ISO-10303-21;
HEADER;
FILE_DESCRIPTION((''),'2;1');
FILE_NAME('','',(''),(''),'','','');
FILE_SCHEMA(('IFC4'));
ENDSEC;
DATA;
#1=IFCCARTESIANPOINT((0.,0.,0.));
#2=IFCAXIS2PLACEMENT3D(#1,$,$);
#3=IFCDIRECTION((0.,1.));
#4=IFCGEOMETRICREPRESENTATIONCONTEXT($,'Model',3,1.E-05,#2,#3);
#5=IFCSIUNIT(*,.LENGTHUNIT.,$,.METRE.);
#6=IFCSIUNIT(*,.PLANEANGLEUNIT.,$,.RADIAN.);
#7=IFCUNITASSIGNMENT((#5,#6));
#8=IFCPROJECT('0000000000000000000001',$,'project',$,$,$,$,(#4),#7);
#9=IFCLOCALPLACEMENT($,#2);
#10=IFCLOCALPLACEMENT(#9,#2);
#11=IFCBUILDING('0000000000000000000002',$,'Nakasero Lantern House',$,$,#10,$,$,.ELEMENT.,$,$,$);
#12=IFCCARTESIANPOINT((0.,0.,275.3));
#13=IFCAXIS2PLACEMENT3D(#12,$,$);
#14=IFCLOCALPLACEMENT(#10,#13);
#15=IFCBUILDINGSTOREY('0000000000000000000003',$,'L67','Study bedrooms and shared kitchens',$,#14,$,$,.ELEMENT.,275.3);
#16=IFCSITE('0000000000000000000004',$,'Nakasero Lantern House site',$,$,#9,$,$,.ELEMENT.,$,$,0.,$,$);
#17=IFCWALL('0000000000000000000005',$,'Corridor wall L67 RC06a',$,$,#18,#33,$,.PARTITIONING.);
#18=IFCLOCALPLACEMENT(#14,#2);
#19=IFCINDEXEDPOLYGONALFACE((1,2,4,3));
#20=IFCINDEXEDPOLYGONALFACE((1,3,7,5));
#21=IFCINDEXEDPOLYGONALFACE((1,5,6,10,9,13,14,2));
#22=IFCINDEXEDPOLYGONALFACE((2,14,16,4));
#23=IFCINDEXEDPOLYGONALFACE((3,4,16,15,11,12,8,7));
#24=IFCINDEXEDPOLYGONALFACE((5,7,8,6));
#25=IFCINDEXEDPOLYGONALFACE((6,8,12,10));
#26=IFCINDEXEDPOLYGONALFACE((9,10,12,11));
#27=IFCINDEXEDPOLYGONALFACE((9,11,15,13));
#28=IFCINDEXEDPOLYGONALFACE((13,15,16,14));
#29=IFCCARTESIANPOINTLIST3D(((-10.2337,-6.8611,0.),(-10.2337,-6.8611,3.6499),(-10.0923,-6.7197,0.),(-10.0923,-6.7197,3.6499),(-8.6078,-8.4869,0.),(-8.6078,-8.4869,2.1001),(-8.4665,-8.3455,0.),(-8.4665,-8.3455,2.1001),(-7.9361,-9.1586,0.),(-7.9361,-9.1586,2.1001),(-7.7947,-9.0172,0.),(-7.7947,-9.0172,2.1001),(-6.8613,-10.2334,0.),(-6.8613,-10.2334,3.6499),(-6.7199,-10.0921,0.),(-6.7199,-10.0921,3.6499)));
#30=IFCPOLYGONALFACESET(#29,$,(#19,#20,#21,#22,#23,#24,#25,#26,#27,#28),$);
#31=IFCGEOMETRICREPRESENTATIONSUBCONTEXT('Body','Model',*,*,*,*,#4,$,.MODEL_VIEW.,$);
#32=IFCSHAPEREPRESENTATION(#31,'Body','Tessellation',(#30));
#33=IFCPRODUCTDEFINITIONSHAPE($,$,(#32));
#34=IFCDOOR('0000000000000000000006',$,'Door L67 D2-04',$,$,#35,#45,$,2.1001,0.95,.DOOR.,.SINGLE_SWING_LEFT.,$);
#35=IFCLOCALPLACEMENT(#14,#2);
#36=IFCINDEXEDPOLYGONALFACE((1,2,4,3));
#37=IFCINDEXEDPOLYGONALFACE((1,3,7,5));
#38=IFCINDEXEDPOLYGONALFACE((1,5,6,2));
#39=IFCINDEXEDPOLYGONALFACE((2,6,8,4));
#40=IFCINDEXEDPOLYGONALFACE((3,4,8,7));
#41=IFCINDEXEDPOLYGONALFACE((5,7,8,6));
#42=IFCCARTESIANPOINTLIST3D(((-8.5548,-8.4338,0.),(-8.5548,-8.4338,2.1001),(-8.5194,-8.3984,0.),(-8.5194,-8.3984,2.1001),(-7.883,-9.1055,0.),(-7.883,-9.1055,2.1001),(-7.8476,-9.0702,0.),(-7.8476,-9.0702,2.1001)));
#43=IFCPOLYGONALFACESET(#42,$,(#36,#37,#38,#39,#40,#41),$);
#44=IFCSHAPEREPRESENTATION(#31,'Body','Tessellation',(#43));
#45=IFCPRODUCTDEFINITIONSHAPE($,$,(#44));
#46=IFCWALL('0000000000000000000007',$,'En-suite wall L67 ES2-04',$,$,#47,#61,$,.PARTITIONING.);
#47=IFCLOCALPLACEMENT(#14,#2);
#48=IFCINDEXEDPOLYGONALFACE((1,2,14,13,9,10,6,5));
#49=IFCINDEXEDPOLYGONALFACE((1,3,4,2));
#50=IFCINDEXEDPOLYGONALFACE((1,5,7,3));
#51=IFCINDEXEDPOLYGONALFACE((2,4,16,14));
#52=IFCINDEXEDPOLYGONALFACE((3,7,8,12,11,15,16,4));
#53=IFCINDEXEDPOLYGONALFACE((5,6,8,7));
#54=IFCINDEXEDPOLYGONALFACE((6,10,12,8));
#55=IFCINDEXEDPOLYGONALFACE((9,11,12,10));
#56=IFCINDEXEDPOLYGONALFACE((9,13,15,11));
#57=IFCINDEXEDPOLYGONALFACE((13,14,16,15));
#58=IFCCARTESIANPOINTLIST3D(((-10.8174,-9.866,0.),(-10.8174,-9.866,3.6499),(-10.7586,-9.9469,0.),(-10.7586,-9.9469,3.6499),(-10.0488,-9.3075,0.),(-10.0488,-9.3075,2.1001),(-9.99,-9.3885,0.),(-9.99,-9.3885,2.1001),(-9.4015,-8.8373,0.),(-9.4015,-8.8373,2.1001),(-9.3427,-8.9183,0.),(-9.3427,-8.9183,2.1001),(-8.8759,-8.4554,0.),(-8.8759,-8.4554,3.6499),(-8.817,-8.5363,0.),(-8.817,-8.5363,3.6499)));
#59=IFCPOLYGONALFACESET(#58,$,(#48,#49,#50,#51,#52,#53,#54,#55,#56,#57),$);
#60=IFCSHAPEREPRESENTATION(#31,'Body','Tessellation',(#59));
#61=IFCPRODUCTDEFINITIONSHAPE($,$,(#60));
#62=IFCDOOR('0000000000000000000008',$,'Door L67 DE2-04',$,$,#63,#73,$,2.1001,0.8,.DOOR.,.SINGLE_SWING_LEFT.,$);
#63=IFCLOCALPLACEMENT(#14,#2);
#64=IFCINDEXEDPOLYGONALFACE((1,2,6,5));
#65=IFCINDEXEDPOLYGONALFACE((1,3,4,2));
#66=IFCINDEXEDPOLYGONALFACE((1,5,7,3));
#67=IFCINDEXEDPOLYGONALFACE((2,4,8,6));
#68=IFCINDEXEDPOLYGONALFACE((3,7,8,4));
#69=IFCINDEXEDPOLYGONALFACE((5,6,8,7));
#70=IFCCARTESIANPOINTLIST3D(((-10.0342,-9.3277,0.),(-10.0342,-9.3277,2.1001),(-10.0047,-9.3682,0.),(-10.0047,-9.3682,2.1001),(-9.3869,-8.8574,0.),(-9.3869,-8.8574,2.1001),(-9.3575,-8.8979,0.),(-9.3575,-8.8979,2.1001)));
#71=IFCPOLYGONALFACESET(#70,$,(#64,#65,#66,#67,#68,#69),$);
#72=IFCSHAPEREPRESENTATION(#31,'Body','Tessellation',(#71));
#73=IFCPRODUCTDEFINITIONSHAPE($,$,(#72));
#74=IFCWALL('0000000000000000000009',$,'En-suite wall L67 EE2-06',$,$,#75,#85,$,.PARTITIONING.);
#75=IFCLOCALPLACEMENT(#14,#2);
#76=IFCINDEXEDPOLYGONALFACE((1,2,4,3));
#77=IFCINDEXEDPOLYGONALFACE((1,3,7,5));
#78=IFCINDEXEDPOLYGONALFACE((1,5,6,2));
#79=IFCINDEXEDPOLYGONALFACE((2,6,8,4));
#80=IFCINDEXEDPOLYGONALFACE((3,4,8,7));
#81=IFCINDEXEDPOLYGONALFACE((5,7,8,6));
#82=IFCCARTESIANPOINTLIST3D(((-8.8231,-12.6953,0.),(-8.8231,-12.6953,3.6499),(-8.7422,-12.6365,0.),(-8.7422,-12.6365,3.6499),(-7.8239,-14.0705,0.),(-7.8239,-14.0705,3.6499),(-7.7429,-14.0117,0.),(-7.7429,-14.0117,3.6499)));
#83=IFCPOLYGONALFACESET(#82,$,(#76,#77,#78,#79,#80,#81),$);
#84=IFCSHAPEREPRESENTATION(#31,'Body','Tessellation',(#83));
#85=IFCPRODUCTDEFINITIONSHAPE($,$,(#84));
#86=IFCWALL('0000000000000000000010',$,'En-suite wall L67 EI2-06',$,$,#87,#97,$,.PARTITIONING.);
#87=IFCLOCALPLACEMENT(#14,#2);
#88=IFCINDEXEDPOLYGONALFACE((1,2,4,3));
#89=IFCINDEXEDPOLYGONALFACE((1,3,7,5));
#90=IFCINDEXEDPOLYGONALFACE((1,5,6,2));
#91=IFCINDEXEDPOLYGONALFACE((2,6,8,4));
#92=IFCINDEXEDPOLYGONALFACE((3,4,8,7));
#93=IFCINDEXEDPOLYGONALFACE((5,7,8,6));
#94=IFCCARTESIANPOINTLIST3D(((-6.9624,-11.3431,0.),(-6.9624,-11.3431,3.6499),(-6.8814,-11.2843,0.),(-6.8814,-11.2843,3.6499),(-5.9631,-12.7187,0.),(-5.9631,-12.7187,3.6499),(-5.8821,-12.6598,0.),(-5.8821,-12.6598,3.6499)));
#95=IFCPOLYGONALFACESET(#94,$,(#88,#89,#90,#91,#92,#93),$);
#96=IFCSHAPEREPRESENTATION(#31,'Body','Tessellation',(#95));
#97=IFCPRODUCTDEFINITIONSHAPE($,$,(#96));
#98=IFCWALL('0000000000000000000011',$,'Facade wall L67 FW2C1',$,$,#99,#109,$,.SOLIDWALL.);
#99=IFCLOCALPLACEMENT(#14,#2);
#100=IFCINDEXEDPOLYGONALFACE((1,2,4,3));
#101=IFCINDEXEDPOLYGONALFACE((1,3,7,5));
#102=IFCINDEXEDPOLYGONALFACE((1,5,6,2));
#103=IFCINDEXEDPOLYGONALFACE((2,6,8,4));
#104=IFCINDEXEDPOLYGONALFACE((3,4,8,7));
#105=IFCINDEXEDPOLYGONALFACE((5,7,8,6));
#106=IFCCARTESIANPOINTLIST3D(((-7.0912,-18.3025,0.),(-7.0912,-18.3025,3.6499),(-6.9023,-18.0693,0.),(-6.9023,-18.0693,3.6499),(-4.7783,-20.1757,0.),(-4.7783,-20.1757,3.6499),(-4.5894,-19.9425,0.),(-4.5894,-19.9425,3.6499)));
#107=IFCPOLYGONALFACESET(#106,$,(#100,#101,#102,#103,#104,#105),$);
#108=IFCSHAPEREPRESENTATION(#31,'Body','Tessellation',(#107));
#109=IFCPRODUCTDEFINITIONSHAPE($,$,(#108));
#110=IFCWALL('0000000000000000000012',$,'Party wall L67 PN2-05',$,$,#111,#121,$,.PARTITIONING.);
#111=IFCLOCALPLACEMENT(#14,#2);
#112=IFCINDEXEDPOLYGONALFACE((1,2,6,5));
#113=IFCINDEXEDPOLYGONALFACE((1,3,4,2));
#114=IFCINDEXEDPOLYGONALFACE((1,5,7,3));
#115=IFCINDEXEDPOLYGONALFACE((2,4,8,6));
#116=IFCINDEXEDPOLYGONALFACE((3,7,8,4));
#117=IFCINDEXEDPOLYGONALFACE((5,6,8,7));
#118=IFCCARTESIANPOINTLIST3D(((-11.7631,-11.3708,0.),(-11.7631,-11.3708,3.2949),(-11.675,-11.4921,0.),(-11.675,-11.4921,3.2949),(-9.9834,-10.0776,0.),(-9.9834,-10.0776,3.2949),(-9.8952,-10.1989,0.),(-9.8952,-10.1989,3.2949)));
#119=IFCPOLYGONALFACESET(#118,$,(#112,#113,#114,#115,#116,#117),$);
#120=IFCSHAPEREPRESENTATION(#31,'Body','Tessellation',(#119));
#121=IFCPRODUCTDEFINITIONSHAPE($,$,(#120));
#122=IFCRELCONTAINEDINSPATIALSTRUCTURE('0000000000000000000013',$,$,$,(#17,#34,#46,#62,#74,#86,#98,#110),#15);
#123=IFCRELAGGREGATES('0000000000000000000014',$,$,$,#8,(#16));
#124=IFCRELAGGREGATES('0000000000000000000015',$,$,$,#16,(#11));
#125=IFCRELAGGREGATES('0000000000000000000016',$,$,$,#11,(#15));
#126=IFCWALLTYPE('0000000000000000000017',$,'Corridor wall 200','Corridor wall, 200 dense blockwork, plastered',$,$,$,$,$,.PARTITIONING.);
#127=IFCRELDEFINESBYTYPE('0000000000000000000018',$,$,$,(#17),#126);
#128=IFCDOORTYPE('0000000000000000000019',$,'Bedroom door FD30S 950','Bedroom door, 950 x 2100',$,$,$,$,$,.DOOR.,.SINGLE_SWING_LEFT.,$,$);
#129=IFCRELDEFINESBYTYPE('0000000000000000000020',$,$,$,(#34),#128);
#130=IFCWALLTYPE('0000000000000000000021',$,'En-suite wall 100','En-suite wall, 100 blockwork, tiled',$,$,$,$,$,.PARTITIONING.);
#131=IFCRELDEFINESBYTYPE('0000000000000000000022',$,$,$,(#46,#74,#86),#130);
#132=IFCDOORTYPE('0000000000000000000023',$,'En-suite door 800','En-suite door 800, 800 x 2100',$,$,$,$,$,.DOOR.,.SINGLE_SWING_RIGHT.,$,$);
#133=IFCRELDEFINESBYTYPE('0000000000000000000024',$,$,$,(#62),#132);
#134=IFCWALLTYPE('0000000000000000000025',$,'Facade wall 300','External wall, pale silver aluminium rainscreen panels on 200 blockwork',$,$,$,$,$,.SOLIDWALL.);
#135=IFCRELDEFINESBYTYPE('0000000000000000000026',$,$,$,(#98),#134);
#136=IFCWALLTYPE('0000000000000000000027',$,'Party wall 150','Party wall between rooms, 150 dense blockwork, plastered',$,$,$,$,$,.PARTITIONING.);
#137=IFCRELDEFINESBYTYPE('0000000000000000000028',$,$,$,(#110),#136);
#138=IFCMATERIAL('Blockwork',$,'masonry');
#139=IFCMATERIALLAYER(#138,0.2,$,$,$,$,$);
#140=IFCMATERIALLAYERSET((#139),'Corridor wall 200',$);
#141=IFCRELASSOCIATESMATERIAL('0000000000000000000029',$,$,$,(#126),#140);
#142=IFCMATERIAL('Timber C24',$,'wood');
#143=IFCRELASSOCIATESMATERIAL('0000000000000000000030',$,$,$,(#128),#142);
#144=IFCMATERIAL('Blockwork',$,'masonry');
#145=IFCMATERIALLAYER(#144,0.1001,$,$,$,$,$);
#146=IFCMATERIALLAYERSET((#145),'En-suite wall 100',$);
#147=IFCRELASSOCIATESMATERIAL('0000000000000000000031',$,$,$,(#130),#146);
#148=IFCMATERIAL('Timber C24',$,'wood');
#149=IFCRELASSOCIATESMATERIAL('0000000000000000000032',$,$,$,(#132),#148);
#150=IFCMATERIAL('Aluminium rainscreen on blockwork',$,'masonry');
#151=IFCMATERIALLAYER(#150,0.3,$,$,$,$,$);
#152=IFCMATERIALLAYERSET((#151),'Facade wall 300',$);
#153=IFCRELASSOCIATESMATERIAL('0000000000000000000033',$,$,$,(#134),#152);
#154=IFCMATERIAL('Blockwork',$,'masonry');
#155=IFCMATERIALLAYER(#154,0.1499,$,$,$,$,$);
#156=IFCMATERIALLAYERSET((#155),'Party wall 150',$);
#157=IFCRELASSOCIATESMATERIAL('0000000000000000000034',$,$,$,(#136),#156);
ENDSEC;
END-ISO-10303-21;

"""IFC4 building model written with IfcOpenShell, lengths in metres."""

from ifc_helpers import new_model, si_unit, direction, frame, frame_2d, origin, place, context, subcontext, project, spatial, rectangle, extrude, material, layer, layer_set, type_object, element, fill, save


model = new_model("IFC4")

# Units and contexts
model_context = context("Model", 3, precision=1e-05, world=origin(), true_north=direction((0.0, 1.0)))
body_context = subcontext(model_context, "Body", "Model", "MODEL_VIEW")
ifc_project = project(units=[si_unit("LENGTHUNIT", "METRE"), si_unit("PLANEANGLEUNIT", "RADIAN")], contexts=[model_context])

# Site, building, storey
site_placement = place(None, origin())
site = spatial("IfcSite", under=ifc_project, at=site_placement, Name="Nakasero Lantern House site", CompositionType="ELEMENT", RefElevation=0.0)
building_placement = place(site_placement, origin())
building = spatial("IfcBuilding", under=site, at=building_placement, Name="Nakasero Lantern House", CompositionType="ELEMENT")
storey_placement = place(building_placement, frame((0.0, 0.0, 275.3)))
storey = spatial("IfcBuildingStorey", under=building, at=storey_placement, Name="L67", Description="Study bedrooms and shared kitchens", CompositionType="ELEMENT", Elevation=275.3)

# Walls, openings, doors
ifc_material_1 = material(Name="Blockwork", Category="masonry")
ifc_layer_1 = layer(ifc_material_1, 0.2)
ifc_layer_set_1 = layer_set([ifc_layer_1], Name="Corridor wall 200")
wall_type_1 = type_object("IfcWallType", Name="Corridor wall 200", Description="Corridor wall, 200 dense blockwork, plastered", PredefinedType="PARTITIONING", material=ifc_layer_set_1)
wall_1_placement = place(storey_placement, frame((-6.7905, -10.1628, 0.0), z_axis=(0.0, 0.0, 1.0), x_axis=(-0.707107, 0.707107, 0.0)))
wall_1 = element("IfcWall", 1, at=wall_1_placement, inside=storey, type_object=wall_type_1, Name="Corridor wall L67 RC06a", PredefinedType="PARTITIONING", context=body_context, shape_type="SweptSolid", body=[
    extrude(rectangle(XDim=4.7693, YDim=0.2, at=frame_2d((2.3848, 0.0))), origin(), (0.0, 0.0, 1.0), 3.6499),
])
opening_1_placement = place(wall_1_placement, frame((1.52, 0.0, 0.0)))
opening_1 = element("IfcOpeningElement", 2, at=opening_1_placement, cuts=wall_1, PredefinedType="OPENING", context=body_context, shape_type="SweptSolid", body=[
    extrude(rectangle(XDim=0.95, YDim=2.1001, at=frame_2d((0.4751, 1.05))), frame((0.0, 0.1199, 0.0), z_axis=(0.0, -1.0, 0.0), x_axis=(1.0, 0.0, 0.0)), (0.0, 0.0, 1.0), 0.24),
])
ifc_material_2 = material(Name="Timber C24", Category="wood")
door_type_1 = type_object("IfcDoorType", Name="Bedroom door FD30S 950", Description="Bedroom door, 950 x 2100", OperationType="SINGLE_SWING_LEFT", PredefinedType="DOOR", material=ifc_material_2)
door_1_placement = place(opening_1_placement, origin())
door_1 = element("IfcDoor", 3, at=door_1_placement, inside=storey, type_object=door_type_1, Name="Door L67 D2-04", OperationType="SINGLE_SWING_LEFT", OverallHeight=2.1001, OverallWidth=0.95, PredefinedType="DOOR", context=body_context, shape_type="SweptSolid", body=[
    extrude(rectangle(XDim=0.95, YDim=2.1001, at=frame_2d((0.4751, 1.05))), frame((0.0, 0.0249, 0.0), z_axis=(0.0, -1.0, 0.0), x_axis=(1.0, 0.0, 0.0)), (0.0, 0.0, 1.0), 0.05),
])
fill(opening_1, door_1)
ifc_material_3 = material(Name="Blockwork", Category="masonry")
ifc_layer_2 = layer(ifc_material_3, 0.1001)
ifc_layer_set_2 = layer_set([ifc_layer_2], Name="En-suite wall 100")
wall_type_2 = type_object("IfcWallType", Name="En-suite wall 100", Description="En-suite wall, 100 blockwork, tiled", PredefinedType="PARTITIONING", material=ifc_layer_set_2)
wall_2_placement = place(storey_placement, frame((-8.8464, -8.4958, 0.0), z_axis=(0.0, 0.0, 1.0), x_axis=(-0.809026, -0.587772, 0.0)))
wall_2 = element("IfcWall", 4, at=wall_2_placement, inside=storey, type_object=wall_type_2, Name="En-suite wall L67 ES2-04", PredefinedType="PARTITIONING", context=body_context, shape_type="SweptSolid", body=[
    extrude(rectangle(XDim=2.3999, YDim=0.1001, at=frame_2d((1.2, 0.0))), origin(), (0.0, 0.0, 1.0), 3.6499),
])
opening_2_placement = place(wall_2_placement, frame((0.6499, 0.0, 0.0)))
opening_2 = element("IfcOpeningElement", 5, at=opening_2_placement, cuts=wall_2, PredefinedType="OPENING", context=body_context, shape_type="SweptSolid", body=[
    extrude(rectangle(XDim=0.8, YDim=2.1001, at=frame_2d((0.3999, 1.05))), frame((0.0, 0.0701, 0.0), z_axis=(0.0, -1.0, 0.0), x_axis=(1.0, 0.0, 0.0)), (0.0, 0.0, 1.0), 0.1401),
])
ifc_material_4 = material(Name="Timber C24", Category="wood")
door_type_2 = type_object("IfcDoorType", Name="En-suite door 800", Description="En-suite door 800, 800 x 2100", OperationType="SINGLE_SWING_RIGHT", PredefinedType="DOOR", material=ifc_material_4)
door_2_placement = place(opening_2_placement, origin())
door_2 = element("IfcDoor", 6, at=door_2_placement, inside=storey, type_object=door_type_2, Name="Door L67 DE2-04", OperationType="SINGLE_SWING_LEFT", OverallHeight=2.1001, OverallWidth=0.8, PredefinedType="DOOR", context=body_context, shape_type="SweptSolid", body=[
    extrude(rectangle(XDim=0.8, YDim=2.1001, at=frame_2d((0.3999, 1.05))), frame((0.0, 0.0249, 0.0), z_axis=(0.0, -1.0, 0.0), x_axis=(1.0, 0.0, 0.0)), (0.0, 0.0, 1.0), 0.05),
])
fill(opening_2, door_2)

# Walls
wall_3_placement = place(storey_placement, frame((-8.7827, -12.6658, 0.0), z_axis=(0.0, 0.0, 1.0), x_axis=(0.587822, -0.808991, 0.0)))
element("IfcWall", 7, at=wall_3_placement, inside=storey, type_object=wall_type_2, Name="En-suite wall L67 EE2-06", PredefinedType="PARTITIONING", context=body_context, shape_type="SweptSolid", body=[
    extrude(rectangle(XDim=1.7, YDim=0.1001, at=frame_2d((0.8501, 0.0))), origin(), (0.0, 0.0, 1.0), 3.6499),
])
wall_4_placement = place(storey_placement, frame((-6.9219, -11.3137, 0.0), z_axis=(0.0, 0.0, 1.0), x_axis=(0.587753, -0.80904, 0.0)))
element("IfcWall", 8, at=wall_4_placement, inside=storey, type_object=wall_type_2, Name="En-suite wall L67 EI2-06", PredefinedType="PARTITIONING", context=body_context, shape_type="SweptSolid", body=[
    extrude(rectangle(XDim=1.7002, YDim=0.1001, at=frame_2d((0.8501, 0.0))), origin(), (0.0, 0.0, 1.0), 3.6499),
])
ifc_material_5 = material(Name="Aluminium rainscreen on blockwork", Category="masonry")
ifc_layer_3 = layer(ifc_material_5, 0.3)
ifc_layer_set_3 = layer_set([ifc_layer_3], Name="Facade wall 300")
wall_type_3 = type_object("IfcWallType", Name="Facade wall 300", Description="External wall, pale silver aluminium rainscreen panels on 200 blockwork", PredefinedType="SOLIDWALL", material=ifc_layer_set_3)
wall_5_placement = place(storey_placement, frame((-6.9968, -18.1858, 0.0), z_axis=(0.0, 0.0, 1.0), x_axis=(0.777102, -0.629375, 0.0)))
element("IfcWall", 9, at=wall_5_placement, inside=storey, type_object=wall_type_3, Name="Facade wall L67 FW2C1", PredefinedType="SOLIDWALL", context=body_context, shape_type="SweptSolid", body=[
    extrude(rectangle(XDim=2.9763, YDim=0.3, at=frame_2d((1.4883, 0.0))), origin(), (0.0, 0.0, 1.0), 3.6499),
])
ifc_material_6 = material(Name="Blockwork", Category="masonry")
ifc_layer_4 = layer(ifc_material_6, 0.1499)
ifc_layer_set_4 = layer_set([ifc_layer_4], Name="Party wall 150")
wall_type_4 = type_object("IfcWallType", Name="Party wall 150", Description="Party wall between rooms, 150 dense blockwork, plastered", PredefinedType="PARTITIONING", material=ifc_layer_set_4)
wall_6_placement = place(storey_placement, frame((-9.9392, -10.1382, 0.0), z_axis=(0.0, 0.0, 1.0), x_axis=(-0.80899, -0.587822, 0.0)))
element("IfcWall", 10, at=wall_6_placement, inside=storey, type_object=wall_type_4, Name="Party wall L67 PN2-05", PredefinedType="PARTITIONING", context=body_context, shape_type="SweptSolid", body=[
    extrude(rectangle(XDim=2.2, YDim=0.1499, at=frame_2d((1.1001, 0.0))), origin(), (0.0, 0.0, 1.0), 3.2949),
])

save(model, "model.ifc")
